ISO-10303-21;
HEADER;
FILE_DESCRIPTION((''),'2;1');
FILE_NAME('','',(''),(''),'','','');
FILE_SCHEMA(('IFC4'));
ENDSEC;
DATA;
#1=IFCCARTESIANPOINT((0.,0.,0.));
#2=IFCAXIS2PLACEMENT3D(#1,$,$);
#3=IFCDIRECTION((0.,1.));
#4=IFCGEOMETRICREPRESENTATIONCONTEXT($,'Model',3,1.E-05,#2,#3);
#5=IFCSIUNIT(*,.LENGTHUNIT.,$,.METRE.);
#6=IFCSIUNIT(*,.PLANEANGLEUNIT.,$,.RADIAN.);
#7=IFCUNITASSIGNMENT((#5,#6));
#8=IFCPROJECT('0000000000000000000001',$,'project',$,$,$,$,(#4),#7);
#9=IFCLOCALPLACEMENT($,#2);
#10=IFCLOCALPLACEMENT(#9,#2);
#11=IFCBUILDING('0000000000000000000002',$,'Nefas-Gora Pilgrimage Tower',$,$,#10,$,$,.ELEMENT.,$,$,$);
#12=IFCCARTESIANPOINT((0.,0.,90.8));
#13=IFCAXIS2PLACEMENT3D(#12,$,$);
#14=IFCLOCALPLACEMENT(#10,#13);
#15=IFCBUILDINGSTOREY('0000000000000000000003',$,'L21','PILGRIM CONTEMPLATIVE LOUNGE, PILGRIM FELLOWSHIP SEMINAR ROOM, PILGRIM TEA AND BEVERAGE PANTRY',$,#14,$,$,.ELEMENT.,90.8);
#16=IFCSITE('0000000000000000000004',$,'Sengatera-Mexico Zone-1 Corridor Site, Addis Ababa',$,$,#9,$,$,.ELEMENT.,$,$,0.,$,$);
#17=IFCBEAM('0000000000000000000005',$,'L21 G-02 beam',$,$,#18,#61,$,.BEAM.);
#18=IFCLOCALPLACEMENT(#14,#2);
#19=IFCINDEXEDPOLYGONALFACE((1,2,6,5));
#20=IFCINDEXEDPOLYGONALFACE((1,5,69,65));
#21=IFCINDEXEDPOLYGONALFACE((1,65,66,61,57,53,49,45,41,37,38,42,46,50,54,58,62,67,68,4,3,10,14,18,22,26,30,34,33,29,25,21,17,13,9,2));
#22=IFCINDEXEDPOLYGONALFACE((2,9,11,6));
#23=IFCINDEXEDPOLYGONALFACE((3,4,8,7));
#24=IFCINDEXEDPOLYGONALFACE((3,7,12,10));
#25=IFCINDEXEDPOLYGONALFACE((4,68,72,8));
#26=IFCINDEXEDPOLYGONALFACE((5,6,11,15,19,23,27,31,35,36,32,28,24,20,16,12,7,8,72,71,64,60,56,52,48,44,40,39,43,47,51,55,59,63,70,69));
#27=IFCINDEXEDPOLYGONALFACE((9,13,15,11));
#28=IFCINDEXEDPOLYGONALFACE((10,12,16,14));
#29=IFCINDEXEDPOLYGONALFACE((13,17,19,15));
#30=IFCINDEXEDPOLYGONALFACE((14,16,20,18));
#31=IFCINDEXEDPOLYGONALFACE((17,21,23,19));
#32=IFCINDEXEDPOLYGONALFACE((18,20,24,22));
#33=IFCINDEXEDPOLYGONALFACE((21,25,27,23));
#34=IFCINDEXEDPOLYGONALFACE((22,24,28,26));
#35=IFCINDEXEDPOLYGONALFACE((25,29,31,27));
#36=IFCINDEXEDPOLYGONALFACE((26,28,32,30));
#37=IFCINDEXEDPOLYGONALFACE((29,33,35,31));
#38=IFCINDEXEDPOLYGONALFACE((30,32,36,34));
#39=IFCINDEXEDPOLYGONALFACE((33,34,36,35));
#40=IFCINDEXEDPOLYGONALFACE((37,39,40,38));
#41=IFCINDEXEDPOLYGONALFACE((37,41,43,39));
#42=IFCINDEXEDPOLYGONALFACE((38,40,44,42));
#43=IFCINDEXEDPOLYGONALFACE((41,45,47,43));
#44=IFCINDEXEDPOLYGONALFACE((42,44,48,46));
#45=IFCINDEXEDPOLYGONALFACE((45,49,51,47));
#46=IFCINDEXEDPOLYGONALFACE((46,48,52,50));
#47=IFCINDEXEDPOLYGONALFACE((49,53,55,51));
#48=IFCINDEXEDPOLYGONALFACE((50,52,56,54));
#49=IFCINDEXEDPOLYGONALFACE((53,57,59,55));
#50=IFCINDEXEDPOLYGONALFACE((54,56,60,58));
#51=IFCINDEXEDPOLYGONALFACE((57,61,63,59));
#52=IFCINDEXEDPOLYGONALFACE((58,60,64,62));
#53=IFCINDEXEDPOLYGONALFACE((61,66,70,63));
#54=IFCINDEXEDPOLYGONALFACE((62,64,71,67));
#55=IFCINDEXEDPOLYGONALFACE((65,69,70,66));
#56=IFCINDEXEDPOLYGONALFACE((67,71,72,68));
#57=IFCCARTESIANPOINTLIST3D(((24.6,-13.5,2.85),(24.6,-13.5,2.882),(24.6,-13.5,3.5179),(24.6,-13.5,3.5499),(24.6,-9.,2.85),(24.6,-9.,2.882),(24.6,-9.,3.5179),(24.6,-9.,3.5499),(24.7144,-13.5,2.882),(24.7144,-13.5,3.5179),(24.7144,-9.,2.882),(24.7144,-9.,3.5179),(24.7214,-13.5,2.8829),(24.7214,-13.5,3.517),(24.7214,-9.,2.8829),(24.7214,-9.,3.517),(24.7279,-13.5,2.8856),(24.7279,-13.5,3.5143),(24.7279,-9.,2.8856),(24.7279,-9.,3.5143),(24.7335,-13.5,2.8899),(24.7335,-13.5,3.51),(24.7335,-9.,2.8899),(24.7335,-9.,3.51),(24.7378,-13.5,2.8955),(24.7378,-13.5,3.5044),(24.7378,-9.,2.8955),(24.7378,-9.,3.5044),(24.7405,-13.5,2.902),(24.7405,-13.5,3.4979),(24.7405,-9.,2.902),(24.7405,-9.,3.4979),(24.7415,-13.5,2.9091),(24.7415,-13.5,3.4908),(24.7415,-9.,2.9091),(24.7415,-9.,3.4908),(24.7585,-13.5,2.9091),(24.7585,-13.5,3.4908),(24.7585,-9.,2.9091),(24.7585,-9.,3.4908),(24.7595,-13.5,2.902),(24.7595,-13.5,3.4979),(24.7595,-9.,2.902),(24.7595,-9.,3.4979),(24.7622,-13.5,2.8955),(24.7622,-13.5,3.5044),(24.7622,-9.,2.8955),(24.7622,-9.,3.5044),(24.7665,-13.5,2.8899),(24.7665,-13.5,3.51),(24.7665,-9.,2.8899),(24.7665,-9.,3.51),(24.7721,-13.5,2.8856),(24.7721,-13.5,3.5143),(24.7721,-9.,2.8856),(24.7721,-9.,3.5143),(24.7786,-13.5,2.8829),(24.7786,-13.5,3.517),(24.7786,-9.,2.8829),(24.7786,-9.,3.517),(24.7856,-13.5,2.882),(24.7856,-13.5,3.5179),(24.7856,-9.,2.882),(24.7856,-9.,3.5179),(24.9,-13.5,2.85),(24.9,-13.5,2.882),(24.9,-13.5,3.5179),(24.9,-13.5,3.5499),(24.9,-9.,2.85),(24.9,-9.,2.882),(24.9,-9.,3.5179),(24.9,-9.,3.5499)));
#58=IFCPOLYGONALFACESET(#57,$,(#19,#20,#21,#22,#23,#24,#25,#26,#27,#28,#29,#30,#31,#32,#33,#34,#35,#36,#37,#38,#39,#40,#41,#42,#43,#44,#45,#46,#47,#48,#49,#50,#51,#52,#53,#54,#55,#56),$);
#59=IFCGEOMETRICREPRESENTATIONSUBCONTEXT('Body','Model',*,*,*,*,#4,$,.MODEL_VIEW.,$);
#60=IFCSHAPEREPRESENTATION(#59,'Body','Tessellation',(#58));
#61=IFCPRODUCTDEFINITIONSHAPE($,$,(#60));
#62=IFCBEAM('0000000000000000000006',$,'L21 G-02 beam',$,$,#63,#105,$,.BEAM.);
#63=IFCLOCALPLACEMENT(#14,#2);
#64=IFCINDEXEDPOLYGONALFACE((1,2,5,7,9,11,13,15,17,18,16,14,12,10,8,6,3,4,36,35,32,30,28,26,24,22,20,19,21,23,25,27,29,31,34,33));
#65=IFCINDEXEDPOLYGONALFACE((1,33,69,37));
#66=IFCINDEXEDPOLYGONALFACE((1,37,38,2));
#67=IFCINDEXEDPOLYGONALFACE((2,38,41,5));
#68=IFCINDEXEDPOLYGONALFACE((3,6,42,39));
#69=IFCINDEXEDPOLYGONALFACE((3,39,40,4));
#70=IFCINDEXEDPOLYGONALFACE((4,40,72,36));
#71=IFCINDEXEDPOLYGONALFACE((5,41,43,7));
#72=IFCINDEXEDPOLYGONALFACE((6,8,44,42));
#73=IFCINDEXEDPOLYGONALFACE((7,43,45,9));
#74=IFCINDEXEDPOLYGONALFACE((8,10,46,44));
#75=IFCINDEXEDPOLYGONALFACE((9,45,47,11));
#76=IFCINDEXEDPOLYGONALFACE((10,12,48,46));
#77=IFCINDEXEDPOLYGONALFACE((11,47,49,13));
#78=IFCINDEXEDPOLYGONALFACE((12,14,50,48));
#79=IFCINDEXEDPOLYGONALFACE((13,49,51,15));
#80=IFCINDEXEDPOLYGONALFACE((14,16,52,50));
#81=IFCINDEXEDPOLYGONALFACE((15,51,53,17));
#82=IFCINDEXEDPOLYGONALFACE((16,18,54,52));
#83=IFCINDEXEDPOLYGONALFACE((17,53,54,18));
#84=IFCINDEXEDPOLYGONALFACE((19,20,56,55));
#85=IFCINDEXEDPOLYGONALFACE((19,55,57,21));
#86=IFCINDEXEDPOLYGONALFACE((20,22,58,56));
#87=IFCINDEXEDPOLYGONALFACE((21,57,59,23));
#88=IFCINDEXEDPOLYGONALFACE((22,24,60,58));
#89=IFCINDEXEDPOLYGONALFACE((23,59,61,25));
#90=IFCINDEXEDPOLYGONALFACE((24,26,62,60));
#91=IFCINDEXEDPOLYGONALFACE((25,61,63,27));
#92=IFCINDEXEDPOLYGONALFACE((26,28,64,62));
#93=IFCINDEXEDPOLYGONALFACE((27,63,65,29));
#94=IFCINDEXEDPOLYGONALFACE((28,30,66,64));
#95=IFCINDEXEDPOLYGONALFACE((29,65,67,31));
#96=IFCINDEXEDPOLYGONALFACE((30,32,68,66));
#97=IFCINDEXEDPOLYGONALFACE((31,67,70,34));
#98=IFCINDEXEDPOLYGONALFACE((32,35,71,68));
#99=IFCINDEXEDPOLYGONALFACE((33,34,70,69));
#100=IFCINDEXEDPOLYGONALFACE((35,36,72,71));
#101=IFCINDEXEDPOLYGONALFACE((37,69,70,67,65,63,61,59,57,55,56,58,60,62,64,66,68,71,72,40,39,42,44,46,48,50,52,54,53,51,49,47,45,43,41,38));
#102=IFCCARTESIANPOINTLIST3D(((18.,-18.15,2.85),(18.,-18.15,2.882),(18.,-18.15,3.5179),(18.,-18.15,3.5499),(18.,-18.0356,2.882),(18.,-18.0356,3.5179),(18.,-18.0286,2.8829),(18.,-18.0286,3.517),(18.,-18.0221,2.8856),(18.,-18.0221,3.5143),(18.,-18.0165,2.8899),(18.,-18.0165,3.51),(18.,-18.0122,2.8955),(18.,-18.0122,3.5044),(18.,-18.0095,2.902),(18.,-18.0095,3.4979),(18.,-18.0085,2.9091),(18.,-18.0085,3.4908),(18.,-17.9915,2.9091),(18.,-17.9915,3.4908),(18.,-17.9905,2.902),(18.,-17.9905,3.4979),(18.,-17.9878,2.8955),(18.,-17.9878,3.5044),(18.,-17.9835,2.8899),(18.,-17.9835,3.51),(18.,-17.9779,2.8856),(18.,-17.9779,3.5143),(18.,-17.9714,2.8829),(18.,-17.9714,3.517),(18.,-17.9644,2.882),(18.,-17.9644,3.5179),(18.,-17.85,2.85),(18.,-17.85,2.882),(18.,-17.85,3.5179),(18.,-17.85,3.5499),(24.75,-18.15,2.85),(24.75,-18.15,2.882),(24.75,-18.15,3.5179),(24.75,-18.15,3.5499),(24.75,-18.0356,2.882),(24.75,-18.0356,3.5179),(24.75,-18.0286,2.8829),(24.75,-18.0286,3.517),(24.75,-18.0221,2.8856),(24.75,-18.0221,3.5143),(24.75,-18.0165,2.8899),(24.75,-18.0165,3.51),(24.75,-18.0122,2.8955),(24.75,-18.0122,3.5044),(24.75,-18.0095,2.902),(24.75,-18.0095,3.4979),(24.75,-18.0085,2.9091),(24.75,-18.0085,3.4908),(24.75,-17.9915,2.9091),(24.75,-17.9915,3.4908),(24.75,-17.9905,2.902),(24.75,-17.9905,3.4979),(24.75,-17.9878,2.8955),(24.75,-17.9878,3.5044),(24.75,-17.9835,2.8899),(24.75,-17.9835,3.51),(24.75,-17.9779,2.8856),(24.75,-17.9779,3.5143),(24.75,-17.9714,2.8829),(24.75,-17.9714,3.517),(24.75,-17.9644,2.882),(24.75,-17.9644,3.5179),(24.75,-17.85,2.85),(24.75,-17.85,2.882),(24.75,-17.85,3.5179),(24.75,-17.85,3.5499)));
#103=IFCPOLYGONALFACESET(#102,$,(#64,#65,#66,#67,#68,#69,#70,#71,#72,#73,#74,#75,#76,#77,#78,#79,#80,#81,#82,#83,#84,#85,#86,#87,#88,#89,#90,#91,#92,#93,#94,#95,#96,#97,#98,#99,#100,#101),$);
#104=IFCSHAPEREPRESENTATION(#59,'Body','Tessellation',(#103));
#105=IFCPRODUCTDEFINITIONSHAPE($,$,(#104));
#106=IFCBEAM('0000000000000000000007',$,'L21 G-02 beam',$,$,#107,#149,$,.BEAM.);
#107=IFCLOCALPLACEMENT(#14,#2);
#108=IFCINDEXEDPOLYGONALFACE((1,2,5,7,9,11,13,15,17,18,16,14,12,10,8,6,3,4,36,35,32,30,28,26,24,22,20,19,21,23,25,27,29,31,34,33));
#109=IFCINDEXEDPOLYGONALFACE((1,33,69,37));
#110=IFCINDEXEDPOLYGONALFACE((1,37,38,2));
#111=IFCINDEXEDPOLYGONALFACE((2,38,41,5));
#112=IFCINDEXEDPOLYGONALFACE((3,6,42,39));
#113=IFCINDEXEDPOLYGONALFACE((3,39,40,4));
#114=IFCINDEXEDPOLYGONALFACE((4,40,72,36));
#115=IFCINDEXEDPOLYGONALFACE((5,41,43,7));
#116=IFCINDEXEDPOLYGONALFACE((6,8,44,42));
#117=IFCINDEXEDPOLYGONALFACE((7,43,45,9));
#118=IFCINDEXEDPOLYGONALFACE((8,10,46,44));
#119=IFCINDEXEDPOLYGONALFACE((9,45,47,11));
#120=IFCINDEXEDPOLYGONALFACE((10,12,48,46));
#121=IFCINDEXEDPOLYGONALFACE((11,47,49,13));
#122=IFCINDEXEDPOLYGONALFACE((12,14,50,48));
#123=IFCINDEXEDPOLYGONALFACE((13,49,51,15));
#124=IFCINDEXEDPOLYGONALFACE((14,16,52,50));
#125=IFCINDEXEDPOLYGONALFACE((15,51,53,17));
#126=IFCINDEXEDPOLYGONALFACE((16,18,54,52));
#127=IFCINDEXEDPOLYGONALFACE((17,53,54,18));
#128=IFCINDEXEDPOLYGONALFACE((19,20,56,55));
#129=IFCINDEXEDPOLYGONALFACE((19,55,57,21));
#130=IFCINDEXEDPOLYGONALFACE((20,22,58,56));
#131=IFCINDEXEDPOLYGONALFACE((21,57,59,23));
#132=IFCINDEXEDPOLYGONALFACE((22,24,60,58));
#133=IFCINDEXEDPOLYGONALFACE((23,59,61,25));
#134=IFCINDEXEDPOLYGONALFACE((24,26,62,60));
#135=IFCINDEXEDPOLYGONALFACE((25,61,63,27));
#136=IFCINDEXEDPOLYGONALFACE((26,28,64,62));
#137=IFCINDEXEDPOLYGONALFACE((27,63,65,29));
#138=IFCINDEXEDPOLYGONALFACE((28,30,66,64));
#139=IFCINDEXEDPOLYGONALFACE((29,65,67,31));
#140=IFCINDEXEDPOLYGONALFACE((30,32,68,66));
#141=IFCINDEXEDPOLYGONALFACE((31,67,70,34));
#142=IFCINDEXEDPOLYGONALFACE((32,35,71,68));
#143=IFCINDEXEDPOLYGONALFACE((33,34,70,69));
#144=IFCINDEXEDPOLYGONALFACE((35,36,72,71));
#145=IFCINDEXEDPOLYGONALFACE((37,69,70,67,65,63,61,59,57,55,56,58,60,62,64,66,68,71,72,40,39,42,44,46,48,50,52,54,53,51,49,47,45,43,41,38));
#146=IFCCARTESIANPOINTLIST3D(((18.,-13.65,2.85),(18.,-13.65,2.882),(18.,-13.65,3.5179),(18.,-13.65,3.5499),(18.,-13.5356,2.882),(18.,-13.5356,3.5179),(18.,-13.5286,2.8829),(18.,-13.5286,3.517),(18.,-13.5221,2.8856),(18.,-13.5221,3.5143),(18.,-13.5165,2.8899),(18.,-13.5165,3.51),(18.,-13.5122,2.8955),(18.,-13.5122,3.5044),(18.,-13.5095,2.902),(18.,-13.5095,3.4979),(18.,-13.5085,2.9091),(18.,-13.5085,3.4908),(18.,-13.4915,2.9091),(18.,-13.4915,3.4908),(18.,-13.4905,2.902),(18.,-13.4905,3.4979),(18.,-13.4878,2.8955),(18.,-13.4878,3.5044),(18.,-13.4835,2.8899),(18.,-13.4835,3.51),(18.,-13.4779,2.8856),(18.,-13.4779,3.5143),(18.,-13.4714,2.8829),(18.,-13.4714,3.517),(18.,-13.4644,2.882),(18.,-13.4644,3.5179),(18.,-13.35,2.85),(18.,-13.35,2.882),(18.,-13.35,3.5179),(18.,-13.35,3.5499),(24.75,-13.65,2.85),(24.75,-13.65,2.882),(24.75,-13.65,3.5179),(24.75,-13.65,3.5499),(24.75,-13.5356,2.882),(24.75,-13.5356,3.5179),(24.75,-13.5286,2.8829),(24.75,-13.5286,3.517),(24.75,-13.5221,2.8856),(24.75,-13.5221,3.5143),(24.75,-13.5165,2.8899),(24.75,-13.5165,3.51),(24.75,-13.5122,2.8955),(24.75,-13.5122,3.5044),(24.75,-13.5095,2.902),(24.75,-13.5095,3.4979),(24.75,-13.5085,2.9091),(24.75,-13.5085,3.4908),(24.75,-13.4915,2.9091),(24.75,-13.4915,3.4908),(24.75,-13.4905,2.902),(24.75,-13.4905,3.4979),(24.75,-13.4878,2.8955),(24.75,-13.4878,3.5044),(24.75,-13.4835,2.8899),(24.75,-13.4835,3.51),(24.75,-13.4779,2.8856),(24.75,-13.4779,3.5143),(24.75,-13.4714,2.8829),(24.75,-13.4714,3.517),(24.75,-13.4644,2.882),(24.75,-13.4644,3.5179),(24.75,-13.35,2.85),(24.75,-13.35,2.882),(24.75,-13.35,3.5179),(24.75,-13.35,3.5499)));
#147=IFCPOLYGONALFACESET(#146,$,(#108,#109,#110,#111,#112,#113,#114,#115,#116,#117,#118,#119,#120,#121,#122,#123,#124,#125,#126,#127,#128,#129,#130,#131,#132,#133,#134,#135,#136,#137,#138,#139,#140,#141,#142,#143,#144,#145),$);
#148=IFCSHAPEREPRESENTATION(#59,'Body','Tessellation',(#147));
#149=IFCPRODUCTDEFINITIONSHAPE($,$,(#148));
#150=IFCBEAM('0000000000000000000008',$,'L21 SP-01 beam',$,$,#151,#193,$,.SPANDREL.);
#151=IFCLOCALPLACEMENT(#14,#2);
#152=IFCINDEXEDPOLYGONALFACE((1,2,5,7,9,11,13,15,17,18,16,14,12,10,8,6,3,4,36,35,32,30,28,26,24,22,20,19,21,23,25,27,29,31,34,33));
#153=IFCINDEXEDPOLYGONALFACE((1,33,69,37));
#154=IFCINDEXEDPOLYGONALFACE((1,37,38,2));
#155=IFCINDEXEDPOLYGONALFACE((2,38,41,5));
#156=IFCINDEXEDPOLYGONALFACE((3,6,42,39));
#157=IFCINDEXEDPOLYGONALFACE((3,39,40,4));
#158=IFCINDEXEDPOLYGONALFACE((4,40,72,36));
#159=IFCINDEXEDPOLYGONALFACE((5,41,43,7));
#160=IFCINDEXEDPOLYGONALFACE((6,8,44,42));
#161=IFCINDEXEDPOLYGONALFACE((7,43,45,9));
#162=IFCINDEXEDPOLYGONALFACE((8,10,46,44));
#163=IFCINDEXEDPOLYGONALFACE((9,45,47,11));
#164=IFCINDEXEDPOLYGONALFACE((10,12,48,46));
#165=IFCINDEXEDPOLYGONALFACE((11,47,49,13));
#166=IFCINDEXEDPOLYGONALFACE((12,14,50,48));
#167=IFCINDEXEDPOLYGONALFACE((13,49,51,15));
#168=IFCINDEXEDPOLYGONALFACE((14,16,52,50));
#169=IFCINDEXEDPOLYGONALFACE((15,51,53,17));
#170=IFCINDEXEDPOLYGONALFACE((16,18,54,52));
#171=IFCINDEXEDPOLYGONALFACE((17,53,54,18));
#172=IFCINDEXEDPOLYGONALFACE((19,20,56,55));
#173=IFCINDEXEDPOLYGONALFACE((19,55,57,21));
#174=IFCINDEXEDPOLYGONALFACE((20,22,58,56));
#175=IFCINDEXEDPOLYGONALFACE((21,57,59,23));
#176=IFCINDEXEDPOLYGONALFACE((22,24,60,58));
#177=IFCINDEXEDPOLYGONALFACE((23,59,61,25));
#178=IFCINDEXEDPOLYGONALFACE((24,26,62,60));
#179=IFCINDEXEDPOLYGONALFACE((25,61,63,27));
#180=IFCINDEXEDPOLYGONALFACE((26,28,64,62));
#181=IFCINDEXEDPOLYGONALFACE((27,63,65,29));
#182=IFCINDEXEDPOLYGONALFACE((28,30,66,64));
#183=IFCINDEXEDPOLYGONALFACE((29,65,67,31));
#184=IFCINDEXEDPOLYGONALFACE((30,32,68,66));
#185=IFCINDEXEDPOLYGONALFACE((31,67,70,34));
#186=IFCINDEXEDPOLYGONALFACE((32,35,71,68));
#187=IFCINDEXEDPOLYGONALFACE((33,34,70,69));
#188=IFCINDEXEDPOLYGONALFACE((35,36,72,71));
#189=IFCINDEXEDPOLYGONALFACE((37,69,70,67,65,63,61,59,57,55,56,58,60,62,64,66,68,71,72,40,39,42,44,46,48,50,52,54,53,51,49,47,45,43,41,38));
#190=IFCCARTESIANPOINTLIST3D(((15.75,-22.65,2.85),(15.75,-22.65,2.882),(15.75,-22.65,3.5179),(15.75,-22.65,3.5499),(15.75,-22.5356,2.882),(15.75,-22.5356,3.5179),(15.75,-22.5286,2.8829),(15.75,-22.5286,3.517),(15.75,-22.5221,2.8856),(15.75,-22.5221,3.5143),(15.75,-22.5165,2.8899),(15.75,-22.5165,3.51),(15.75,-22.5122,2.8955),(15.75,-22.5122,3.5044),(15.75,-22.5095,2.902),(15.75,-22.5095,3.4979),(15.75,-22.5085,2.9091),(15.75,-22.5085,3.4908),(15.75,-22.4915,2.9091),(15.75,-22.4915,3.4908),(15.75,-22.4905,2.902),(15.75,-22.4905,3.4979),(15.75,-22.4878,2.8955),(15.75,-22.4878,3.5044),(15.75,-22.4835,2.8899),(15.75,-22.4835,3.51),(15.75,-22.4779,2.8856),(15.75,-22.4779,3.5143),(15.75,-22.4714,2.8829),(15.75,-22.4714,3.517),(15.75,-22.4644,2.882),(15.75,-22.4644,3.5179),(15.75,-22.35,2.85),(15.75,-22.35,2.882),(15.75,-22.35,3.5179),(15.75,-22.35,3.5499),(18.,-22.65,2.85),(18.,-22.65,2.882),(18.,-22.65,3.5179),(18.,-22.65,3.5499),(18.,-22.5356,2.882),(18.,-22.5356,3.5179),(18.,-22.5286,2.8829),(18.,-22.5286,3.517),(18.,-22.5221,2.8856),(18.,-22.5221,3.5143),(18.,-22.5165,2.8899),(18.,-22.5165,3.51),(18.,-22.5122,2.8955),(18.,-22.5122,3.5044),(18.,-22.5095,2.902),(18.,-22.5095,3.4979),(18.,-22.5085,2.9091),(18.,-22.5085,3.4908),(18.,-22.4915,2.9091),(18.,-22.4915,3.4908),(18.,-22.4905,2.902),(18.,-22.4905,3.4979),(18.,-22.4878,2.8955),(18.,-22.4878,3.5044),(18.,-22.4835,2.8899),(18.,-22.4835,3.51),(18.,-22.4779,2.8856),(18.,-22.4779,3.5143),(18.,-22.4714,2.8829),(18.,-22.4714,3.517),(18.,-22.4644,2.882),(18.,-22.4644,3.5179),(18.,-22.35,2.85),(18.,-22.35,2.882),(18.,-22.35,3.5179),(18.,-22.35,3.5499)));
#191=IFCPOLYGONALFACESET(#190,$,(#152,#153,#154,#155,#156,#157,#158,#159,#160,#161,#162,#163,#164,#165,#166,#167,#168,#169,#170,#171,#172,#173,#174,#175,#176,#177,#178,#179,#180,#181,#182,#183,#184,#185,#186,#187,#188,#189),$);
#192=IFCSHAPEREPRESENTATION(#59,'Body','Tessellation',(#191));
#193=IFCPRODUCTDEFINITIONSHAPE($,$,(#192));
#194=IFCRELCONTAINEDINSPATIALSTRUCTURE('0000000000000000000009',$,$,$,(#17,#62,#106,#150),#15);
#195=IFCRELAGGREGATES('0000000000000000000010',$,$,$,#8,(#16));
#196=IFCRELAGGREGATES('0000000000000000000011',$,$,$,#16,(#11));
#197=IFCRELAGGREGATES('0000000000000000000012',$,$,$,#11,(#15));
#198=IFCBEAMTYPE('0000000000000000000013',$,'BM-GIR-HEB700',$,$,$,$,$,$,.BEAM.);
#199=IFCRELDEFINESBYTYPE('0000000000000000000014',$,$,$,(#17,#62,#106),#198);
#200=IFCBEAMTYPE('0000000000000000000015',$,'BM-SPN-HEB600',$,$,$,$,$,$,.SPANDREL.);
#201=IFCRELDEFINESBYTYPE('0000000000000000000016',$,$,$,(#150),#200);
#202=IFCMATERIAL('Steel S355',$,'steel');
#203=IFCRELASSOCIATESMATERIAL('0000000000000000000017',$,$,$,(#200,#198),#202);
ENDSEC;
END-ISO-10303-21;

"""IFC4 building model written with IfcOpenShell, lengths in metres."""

from ifc_helpers import new_model, si_unit, direction, frame, origin, origin_2d, place, context, subcontext, project, spatial, i_section, extrude, source, transform, mapped, material, material_profile, profile_set, type_object, element, save


model = new_model("IFC4")

# Units and contexts
model_context = context("Model", 3, precision=1e-05, world=origin(), true_north=direction((0.0, 1.0)))
body_context = subcontext(model_context, "Body", "Model", "MODEL_VIEW")
ifc_project = project(units=[si_unit("LENGTHUNIT", "METRE"), si_unit("PLANEANGLEUNIT", "RADIAN")], contexts=[model_context])

# Site, building, storey
site_placement = place(None, origin())
site = spatial("IfcSite", under=ifc_project, at=site_placement, Name="Sengatera-Mexico Zone-1 Corridor Site, Addis Ababa", CompositionType="ELEMENT", RefElevation=0.0)
building_placement = place(site_placement, origin())
building = spatial("IfcBuilding", under=site, at=building_placement, Name="Nefas-Gora Pilgrimage Tower", CompositionType="ELEMENT")
storey_placement = place(building_placement, frame((0.0, 0.0, 90.8)))
storey = spatial("IfcBuildingStorey", under=building, at=storey_placement, Name="L21", Description="PILGRIM CONTEMPLATIVE LOUNGE, PILGRIM FELLOWSHIP SEMINAR ROOM, PILGRIM TEA AND BEVERAGE PANTRY", CompositionType="ELEMENT", Elevation=90.8)

# Beams
ifc_material_1 = material(Name="Steel S355", Category="steel")
ifc_material_profile_1 = material_profile(ifc_material_1, i_section(OverallWidth=0.3, OverallDepth=0.7, WebThickness=0.0171, FlangeThickness=0.032, FilletRadius=0.0271, at=origin_2d()), Name="HEB 700")
ifc_profile_set_1 = profile_set([ifc_material_profile_1], Name="Steel S355")
beam_type_1 = type_object("IfcBeamType", Name="BM-SPN-HEB600", PredefinedType="SPANDREL", material=ifc_profile_set_1)
ifc_material_profile_2 = material_profile(ifc_material_1, i_section(OverallWidth=0.3, OverallDepth=0.7, WebThickness=0.0171, FlangeThickness=0.032, FilletRadius=0.0271, at=origin_2d()), Name="HEB 700")
ifc_profile_set_2 = profile_set([ifc_material_profile_2], Name="Steel S355")
beam_type_2 = type_object("IfcBeamType", Name="BM-GIR-HEB700", PredefinedType="BEAM", material=ifc_profile_set_2)
shared_shape_1 = source(origin(), body_context, "Body", "SweptSolid", [
    extrude(i_section(OverallWidth=0.3, OverallDepth=0.7, WebThickness=0.0171, FlangeThickness=0.032, FilletRadius=0.0271, at=origin_2d()), origin(), (0.0, 0.0, 1.0), 4.5),
])
for number, where, z_axis, x_axis, name in (
    (1, (24.75, -13.5, 3.2), (0.0, 1.0, 0.0), (-1.0, 0.0, 0.0), "L21 G-02 beam"),
):
    element("IfcBeam", number, at=place(storey_placement, frame(where, z_axis=z_axis, x_axis=x_axis)), inside=storey, type_object=beam_type_2, Name=name, PredefinedType="BEAM", context=body_context, shape_type="MappedRepresentation", body=[
        mapped(shared_shape_1, transform((0.0, 0.0, 0.0), x_axis=(1.0, 0.0, 0.0), y_axis=(0.0, 1.0, 0.0), z_axis=(0.0, 0.0, 1.0), scale=1.0)),
    ])
shared_shape_2 = source(origin(), body_context, "Body", "SweptSolid", [
    extrude(i_section(OverallWidth=0.3, OverallDepth=0.7, WebThickness=0.0171, FlangeThickness=0.032, FilletRadius=0.0271, at=origin_2d()), origin(), (0.0, 0.0, 1.0), 6.75),
])
for number, where, z_axis, x_axis, name in (
    (2, (18.0, -18.0, 3.2), (1.0, 0.0, 0.0), (0.0, 1.0, 0.0), "L21 G-02 beam"),
    (3, (18.0, -13.5, 3.2), (1.0, 0.0, 0.0), (0.0, 1.0, 0.0), "L21 G-02 beam"),
):
    element("IfcBeam", number, at=place(storey_placement, frame(where, z_axis=z_axis, x_axis=x_axis)), inside=storey, type_object=beam_type_2, Name=name, PredefinedType="BEAM", context=body_context, shape_type="MappedRepresentation", body=[
        mapped(shared_shape_2, transform((0.0, 0.0, 0.0), x_axis=(1.0, 0.0, 0.0), y_axis=(0.0, 1.0, 0.0), z_axis=(0.0, 0.0, 1.0), scale=1.0)),
    ])
shared_shape_3 = source(origin(), body_context, "Body", "SweptSolid", [
    extrude(i_section(OverallWidth=0.3, OverallDepth=0.7, WebThickness=0.0171, FlangeThickness=0.032, FilletRadius=0.0271, at=origin_2d()), origin(), (0.0, 0.0, 1.0), 2.25),
])
for number, where, z_axis, x_axis, name in (
    (4, (15.75, -22.5, 3.2), (1.0, 0.0, 0.0), (0.0, 1.0, 0.0), "L21 SP-01 beam"),
):
    element("IfcBeam", number, at=place(storey_placement, frame(where, z_axis=z_axis, x_axis=x_axis)), inside=storey, type_object=beam_type_1, Name=name, PredefinedType="SPANDREL", context=body_context, shape_type="MappedRepresentation", body=[
        mapped(shared_shape_3, transform((0.0, 0.0, 0.0), x_axis=(1.0, 0.0, 0.0), y_axis=(0.0, 1.0, 0.0), z_axis=(0.0, 0.0, 1.0), scale=1.0)),
    ])

save(model, "model.ifc")
